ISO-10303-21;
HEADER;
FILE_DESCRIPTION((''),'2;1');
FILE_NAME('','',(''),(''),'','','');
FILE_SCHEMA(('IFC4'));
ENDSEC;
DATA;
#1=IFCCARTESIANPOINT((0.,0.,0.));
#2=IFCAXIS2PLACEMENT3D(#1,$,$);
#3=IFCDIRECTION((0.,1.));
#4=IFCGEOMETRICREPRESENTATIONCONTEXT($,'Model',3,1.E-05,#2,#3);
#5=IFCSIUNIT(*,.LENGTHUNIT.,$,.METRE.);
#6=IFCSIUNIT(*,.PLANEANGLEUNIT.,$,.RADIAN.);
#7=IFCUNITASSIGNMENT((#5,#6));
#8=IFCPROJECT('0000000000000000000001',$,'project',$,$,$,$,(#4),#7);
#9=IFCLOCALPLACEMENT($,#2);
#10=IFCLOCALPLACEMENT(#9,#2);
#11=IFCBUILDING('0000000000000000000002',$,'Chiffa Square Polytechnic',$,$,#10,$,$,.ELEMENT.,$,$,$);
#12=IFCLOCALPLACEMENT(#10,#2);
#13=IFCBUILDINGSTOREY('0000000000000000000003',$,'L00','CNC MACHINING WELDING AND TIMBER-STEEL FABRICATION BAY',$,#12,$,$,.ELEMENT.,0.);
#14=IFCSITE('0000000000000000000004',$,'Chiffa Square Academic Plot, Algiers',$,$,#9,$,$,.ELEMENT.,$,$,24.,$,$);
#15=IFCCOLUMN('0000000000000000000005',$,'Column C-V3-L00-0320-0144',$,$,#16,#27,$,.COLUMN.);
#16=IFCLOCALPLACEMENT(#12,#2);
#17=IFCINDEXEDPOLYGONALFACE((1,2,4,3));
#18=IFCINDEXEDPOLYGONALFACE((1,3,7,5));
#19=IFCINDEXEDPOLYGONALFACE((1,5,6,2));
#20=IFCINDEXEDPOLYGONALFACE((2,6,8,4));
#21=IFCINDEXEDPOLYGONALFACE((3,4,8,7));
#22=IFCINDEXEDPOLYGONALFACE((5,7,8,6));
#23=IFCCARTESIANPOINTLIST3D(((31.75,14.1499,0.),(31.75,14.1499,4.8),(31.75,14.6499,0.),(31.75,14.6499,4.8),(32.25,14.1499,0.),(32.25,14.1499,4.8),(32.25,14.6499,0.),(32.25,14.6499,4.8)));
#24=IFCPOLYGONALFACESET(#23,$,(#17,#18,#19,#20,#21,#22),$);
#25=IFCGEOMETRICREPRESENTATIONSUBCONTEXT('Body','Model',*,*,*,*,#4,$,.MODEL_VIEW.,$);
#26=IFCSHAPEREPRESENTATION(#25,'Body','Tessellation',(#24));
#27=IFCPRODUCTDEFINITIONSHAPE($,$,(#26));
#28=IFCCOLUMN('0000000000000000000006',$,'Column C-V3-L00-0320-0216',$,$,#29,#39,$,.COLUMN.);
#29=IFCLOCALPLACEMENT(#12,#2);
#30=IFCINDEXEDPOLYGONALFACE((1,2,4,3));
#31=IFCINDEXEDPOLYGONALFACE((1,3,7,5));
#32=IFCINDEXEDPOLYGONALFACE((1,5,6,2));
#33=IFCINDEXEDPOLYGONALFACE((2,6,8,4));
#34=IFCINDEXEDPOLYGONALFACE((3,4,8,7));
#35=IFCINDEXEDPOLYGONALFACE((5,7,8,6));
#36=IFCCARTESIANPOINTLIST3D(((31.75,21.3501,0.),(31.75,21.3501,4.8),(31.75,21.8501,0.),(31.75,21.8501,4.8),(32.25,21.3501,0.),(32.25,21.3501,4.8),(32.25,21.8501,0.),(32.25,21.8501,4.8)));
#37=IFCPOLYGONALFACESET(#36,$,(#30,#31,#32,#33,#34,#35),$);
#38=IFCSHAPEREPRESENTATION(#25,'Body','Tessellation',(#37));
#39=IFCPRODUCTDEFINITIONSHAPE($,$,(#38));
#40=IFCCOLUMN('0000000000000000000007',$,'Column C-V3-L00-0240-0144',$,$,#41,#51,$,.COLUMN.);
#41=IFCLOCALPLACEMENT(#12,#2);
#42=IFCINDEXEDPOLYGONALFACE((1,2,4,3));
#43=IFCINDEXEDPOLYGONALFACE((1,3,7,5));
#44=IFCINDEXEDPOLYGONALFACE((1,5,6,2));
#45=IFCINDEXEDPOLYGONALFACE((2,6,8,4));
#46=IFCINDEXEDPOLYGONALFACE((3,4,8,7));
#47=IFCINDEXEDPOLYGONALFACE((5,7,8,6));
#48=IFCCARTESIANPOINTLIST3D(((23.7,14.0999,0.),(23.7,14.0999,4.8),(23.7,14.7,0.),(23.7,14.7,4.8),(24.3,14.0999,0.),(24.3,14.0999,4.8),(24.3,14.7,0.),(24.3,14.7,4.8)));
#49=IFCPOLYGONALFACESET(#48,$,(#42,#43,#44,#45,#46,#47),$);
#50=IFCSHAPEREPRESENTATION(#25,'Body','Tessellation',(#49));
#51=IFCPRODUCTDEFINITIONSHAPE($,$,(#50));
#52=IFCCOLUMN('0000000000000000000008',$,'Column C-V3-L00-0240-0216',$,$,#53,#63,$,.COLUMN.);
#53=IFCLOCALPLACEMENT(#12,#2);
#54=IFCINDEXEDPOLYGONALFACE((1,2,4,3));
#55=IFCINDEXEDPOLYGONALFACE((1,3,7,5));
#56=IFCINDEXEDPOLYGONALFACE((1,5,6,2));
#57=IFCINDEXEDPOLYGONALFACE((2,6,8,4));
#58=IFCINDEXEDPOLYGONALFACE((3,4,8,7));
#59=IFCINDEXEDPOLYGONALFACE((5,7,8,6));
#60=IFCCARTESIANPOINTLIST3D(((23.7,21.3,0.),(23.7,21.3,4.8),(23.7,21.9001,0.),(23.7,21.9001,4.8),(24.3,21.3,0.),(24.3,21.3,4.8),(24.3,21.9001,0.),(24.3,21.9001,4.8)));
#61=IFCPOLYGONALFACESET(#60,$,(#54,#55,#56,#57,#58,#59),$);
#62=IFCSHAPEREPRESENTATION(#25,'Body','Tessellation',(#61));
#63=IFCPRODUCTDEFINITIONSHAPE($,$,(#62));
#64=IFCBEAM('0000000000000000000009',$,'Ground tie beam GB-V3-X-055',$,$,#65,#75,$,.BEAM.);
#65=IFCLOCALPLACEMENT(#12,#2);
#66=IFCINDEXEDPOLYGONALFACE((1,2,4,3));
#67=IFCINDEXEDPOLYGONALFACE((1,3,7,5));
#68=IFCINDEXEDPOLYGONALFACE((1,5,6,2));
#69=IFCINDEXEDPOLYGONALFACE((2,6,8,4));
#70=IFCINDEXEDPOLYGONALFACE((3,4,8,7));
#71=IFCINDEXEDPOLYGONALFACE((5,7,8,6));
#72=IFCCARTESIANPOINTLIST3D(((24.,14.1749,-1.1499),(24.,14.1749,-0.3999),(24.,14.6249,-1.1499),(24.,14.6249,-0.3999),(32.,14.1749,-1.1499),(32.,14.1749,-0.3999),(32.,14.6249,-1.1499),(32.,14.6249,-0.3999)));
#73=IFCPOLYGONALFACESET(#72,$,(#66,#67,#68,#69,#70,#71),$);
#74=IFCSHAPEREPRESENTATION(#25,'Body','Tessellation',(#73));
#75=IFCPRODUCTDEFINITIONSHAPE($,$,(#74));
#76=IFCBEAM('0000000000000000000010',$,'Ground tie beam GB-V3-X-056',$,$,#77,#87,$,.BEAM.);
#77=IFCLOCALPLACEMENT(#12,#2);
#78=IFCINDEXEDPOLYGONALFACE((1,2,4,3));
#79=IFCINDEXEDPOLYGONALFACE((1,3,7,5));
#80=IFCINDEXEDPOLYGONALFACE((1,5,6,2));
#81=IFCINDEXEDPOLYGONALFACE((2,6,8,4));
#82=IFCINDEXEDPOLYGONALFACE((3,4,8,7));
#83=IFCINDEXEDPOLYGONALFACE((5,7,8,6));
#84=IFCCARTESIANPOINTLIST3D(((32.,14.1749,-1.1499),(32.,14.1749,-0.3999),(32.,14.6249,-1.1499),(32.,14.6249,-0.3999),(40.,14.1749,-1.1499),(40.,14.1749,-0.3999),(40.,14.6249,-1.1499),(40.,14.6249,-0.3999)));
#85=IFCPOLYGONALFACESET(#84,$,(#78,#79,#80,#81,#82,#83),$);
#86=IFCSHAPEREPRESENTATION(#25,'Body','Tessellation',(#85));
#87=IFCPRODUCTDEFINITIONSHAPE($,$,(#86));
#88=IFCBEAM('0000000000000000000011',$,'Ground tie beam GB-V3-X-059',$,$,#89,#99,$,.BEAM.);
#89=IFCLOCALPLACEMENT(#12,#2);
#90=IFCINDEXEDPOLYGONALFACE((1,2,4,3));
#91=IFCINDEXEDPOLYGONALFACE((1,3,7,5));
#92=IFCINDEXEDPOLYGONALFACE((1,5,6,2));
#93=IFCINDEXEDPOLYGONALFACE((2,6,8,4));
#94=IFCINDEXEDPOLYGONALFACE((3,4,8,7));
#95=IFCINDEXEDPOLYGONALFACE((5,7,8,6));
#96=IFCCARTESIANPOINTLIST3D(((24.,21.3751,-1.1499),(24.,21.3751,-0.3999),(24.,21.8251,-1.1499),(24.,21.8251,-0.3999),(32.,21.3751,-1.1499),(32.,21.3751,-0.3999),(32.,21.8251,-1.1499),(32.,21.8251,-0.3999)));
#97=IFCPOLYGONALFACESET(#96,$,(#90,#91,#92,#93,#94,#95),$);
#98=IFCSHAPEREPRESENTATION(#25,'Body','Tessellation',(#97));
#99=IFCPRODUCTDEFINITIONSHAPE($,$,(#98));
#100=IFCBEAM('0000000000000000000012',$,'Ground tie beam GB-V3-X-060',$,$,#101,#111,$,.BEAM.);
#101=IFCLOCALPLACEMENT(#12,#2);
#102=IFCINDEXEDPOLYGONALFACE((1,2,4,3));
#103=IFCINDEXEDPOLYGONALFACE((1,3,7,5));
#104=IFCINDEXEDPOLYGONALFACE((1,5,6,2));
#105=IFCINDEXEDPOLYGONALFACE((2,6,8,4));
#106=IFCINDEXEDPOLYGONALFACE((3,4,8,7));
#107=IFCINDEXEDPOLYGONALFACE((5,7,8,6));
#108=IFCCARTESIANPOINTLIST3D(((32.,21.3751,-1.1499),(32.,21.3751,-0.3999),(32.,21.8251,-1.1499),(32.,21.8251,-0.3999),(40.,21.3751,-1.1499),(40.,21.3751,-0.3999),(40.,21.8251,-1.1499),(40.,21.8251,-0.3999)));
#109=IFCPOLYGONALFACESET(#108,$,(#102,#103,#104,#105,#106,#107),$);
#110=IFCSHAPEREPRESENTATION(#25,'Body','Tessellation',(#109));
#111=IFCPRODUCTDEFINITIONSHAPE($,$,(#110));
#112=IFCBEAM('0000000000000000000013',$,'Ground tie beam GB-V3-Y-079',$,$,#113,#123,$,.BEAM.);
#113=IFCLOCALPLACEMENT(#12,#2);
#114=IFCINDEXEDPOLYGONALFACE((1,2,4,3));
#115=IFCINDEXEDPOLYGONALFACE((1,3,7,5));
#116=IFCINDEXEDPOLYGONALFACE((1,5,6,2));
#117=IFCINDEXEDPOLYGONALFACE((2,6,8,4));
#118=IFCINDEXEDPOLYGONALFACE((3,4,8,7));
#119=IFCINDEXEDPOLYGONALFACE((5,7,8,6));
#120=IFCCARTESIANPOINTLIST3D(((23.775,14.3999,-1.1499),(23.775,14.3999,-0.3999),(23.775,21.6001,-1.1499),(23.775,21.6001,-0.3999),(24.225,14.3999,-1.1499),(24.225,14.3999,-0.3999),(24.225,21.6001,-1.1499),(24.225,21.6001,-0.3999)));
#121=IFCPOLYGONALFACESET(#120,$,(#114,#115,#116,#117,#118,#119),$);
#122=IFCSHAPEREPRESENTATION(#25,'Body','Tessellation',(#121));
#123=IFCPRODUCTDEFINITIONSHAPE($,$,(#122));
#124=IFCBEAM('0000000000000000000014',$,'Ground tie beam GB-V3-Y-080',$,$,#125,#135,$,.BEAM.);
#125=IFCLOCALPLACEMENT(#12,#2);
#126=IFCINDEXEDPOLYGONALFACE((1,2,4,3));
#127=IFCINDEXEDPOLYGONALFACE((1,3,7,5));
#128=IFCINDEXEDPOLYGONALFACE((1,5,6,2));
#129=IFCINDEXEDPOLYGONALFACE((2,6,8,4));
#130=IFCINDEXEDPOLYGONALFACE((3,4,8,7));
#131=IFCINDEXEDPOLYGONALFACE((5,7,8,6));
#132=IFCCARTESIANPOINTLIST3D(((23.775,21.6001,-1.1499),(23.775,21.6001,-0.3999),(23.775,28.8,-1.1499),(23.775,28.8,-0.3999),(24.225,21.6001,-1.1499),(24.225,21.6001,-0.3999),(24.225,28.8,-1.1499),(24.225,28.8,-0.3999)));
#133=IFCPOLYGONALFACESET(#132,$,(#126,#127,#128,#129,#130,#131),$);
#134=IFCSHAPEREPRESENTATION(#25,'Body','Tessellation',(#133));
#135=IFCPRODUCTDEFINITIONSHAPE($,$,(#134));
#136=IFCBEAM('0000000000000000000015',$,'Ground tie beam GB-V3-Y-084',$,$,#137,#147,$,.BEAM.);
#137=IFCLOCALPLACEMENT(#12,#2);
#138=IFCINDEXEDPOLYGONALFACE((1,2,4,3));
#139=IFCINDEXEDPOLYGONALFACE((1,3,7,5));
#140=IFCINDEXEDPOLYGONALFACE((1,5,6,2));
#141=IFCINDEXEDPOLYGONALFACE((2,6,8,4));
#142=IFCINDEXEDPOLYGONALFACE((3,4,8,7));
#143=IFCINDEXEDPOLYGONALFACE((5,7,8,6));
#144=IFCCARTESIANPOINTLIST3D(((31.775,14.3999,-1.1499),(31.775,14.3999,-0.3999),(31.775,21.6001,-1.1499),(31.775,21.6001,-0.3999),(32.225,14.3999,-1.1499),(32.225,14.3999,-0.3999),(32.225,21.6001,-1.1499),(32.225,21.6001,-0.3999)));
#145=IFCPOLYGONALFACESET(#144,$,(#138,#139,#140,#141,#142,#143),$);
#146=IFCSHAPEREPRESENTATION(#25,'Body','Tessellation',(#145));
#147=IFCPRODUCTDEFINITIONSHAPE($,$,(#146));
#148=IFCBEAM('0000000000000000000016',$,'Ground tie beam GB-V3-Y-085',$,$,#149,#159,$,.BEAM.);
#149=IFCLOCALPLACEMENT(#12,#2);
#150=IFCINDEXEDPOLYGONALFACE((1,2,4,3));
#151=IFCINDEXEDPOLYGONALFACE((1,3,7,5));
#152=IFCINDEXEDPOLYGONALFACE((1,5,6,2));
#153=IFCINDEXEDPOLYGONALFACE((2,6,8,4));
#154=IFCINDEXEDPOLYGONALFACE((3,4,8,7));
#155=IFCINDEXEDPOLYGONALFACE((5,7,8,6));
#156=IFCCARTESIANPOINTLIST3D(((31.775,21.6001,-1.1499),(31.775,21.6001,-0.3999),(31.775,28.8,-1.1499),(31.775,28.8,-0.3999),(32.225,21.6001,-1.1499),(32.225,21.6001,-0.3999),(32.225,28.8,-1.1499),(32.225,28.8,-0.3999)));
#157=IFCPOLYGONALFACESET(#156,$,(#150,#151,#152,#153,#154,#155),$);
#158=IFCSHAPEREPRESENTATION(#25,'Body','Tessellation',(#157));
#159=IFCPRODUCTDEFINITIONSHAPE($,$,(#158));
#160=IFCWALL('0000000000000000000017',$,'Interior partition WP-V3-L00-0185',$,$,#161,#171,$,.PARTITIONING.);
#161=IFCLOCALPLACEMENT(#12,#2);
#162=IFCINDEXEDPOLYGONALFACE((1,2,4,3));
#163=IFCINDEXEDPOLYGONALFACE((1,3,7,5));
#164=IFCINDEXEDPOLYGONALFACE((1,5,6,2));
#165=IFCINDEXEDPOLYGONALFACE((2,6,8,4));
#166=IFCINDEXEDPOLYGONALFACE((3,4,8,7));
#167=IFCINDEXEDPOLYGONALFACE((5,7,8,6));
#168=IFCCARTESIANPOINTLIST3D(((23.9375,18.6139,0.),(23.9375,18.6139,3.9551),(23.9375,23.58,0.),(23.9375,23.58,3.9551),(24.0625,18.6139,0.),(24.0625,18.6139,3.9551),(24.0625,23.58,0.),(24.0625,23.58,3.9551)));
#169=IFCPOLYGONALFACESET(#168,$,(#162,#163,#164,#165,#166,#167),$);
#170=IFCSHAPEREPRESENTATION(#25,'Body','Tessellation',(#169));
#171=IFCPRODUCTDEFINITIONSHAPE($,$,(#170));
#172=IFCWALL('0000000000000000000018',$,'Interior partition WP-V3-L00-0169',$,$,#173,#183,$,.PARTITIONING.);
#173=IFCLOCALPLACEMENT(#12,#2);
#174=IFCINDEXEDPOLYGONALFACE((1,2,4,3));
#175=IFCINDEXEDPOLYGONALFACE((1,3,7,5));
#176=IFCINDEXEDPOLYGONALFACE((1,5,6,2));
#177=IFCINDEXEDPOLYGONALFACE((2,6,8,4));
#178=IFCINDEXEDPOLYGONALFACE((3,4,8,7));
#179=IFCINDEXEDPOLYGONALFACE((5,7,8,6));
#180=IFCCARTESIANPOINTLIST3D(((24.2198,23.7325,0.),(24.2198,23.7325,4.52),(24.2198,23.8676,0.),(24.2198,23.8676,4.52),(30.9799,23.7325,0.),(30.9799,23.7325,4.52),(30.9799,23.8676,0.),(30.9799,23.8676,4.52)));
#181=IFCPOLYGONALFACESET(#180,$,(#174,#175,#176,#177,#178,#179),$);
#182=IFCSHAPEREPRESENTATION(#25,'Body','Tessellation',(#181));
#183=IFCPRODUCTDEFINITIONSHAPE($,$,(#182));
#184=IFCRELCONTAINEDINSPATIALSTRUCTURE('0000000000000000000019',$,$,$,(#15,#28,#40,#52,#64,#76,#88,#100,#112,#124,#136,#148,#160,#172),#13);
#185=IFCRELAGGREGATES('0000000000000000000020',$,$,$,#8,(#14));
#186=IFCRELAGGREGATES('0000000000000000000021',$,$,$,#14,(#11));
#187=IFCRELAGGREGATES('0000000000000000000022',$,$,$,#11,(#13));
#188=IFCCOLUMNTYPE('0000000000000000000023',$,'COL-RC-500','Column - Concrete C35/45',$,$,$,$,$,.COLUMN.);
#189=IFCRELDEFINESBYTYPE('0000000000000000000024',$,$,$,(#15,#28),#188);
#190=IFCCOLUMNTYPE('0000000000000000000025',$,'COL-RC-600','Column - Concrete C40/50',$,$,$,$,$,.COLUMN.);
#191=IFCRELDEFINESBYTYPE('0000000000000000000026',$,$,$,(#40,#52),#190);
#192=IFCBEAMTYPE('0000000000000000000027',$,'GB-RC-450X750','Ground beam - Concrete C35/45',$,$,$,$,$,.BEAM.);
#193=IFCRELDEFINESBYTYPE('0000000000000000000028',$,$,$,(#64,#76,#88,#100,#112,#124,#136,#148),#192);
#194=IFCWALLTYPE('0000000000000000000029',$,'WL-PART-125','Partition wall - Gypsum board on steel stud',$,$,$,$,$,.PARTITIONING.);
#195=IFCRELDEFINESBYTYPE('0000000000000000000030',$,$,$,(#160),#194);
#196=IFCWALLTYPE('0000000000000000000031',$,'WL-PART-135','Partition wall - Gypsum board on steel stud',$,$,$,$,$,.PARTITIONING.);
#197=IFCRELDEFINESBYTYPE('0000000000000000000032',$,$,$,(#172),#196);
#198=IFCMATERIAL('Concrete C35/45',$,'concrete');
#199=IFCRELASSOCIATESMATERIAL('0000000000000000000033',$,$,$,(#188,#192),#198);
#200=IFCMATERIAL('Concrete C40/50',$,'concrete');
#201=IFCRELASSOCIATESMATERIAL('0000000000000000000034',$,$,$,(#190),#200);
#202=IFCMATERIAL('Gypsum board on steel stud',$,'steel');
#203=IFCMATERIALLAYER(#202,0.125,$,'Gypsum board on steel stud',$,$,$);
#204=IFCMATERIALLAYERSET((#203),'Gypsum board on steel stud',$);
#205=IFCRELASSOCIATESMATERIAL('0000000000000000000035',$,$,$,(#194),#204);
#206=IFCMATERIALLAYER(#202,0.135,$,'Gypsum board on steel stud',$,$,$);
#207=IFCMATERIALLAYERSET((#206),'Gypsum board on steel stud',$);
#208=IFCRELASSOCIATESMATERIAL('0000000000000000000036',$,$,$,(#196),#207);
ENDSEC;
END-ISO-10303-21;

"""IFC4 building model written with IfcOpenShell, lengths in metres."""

from ifc_helpers import new_model, si_unit, direction, frame, frame_2d, origin, origin_2d, place, context, subcontext, project, spatial, rectangle, extrude, material, layer, layer_set, material_profile, profile_set, type_object, element, save


model = new_model("IFC4")

# Units and contexts
model_context = context("Model", 3, precision=1e-05, world=origin(), true_north=direction((0.0, 1.0)))
body_context = subcontext(model_context, "Body", "Model", "MODEL_VIEW")
ifc_project = project(units=[si_unit("LENGTHUNIT", "METRE"), si_unit("PLANEANGLEUNIT", "RADIAN")], contexts=[model_context])

# Site, building, storey
site_placement = place(None, origin())
site = spatial("IfcSite", under=ifc_project, at=site_placement, Name="Chiffa Square Academic Plot, Algiers", CompositionType="ELEMENT", RefElevation=24.0)
building_placement = place(site_placement, origin())
building = spatial("IfcBuilding", under=site, at=building_placement, Name="Chiffa Square Polytechnic", CompositionType="ELEMENT")
storey_placement = place(building_placement, origin())
storey = spatial("IfcBuildingStorey", under=building, at=storey_placement, Name="L00", Description="CNC MACHINING WELDING AND TIMBER-STEEL FABRICATION BAY", CompositionType="ELEMENT", Elevation=0.0)

# Columns
ifc_material_1 = material(Name="Concrete C35/45", Category="concrete")
ifc_material_profile_1 = material_profile(ifc_material_1, rectangle(XDim=0.5, YDim=0.5, at=origin_2d()), Name="RC 500x500")
ifc_profile_set_1 = profile_set([ifc_material_profile_1], Name="Concrete C35/45")
column_type_1 = type_object("IfcColumnType", Name="COL-RC-500", Description="Column - Concrete C35/45", PredefinedType="COLUMN", material=ifc_profile_set_1)
for number, where, z_axis, x_axis, name in (
    (1, (32.0, 14.3999, 0.0), (0.0, 0.0, 1.0), (1.0, 0.0, 0.0), "Column C-V3-L00-0320-0144"),
    (2, (32.0, 21.6001, 0.0), (0.0, 0.0, 1.0), (1.0, 0.0, 0.0), "Column C-V3-L00-0320-0216"),
):
    element("IfcColumn", number, at=place(storey_placement, frame(where, z_axis=z_axis, x_axis=x_axis)), inside=storey, type_object=column_type_1, Name=name, PredefinedType="COLUMN", context=body_context, shape_type="SweptSolid", body=[
        extrude(rectangle(XDim=0.5, YDim=0.5, at=origin_2d()), origin(), (0.0, 0.0, 1.0), 4.8),
    ])
ifc_material_2 = material(Name="Concrete C40/50", Category="concrete")
ifc_material_profile_2 = material_profile(ifc_material_2, rectangle(XDim=0.6001, YDim=0.6001, at=origin_2d()), Name="RC 600x600")
ifc_profile_set_2 = profile_set([ifc_material_profile_2], Name="Concrete C40/50")
column_type_2 = type_object("IfcColumnType", Name="COL-RC-600", Description="Column - Concrete C40/50", PredefinedType="COLUMN", material=ifc_profile_set_2)
for number, where, z_axis, x_axis, name in (
    (3, (24.0, 14.3999, 0.0), (0.0, 0.0, 1.0), (1.0, 0.0, 0.0), "Column C-V3-L00-0240-0144"),
    (4, (24.0, 21.6001, 0.0), (0.0, 0.0, 1.0), (1.0, 0.0, 0.0), "Column C-V3-L00-0240-0216"),
):
    element("IfcColumn", number, at=place(storey_placement, frame(where, z_axis=z_axis, x_axis=x_axis)), inside=storey, type_object=column_type_2, Name=name, PredefinedType="COLUMN", context=body_context, shape_type="SweptSolid", body=[
        extrude(rectangle(XDim=0.6001, YDim=0.6001, at=origin_2d()), origin(), (0.0, 0.0, 1.0), 4.8),
    ])

# Beams
ifc_material_profile_3 = material_profile(ifc_material_1, rectangle(XDim=0.45, YDim=0.75, at=origin_2d()), Name="RC 450x750")
ifc_profile_set_3 = profile_set([ifc_material_profile_3], Name="Concrete C35/45")
beam_type = type_object("IfcBeamType", Name="GB-RC-450X750", Description="Ground beam - Concrete C35/45", PredefinedType="BEAM", material=ifc_profile_set_3)
for number, where, z_axis, x_axis, name in (
    (5, (24.0, 14.3999, -0.7749), (1.0, 0.0, 0.0), (0.0, 1.0, 0.0), "Ground tie beam GB-V3-X-055"),
    (6, (32.0, 14.3999, -0.7749), (1.0, 0.0, 0.0), (0.0, 1.0, 0.0), "Ground tie beam GB-V3-X-056"),
    (7, (24.0, 21.6001, -0.7749), (1.0, 0.0, 0.0), (0.0, 1.0, 0.0), "Ground tie beam GB-V3-X-059"),
    (8, (32.0, 21.6001, -0.7749), (1.0, 0.0, 0.0), (0.0, 1.0, 0.0), "Ground tie beam GB-V3-X-060"),
):
    element("IfcBeam", number, at=place(storey_placement, frame(where, z_axis=z_axis, x_axis=x_axis)), inside=storey, type_object=beam_type, Name=name, PredefinedType="BEAM", context=body_context, shape_type="SweptSolid", body=[
        extrude(rectangle(XDim=0.45, YDim=0.75, at=origin_2d()), origin(), (0.0, 0.0, 1.0), 8.0),
    ])
beam_1_placement = place(storey_placement, frame((24.0, 14.3999, -0.7749), z_axis=(0.0, 1.0, 0.0), x_axis=(-1.0, 0.0, 0.0)))
element("IfcBeam", 9, at=beam_1_placement, inside=storey, type_object=beam_type, Name="Ground tie beam GB-V3-Y-079", PredefinedType="BEAM", context=body_context, shape_type="SweptSolid", body=[
    extrude(rectangle(XDim=0.45, YDim=0.75, at=origin_2d()), origin(), (0.0, 0.0, 1.0), 7.2002),
])
beam_2_placement = place(storey_placement, frame((24.0, 21.6001, -0.7749), z_axis=(0.0, 1.0, 0.0), x_axis=(-1.0, 0.0, 0.0)))
element("IfcBeam", 10, at=beam_2_placement, inside=storey, type_object=beam_type, Name="Ground tie beam GB-V3-Y-080", PredefinedType="BEAM", context=body_context, shape_type="SweptSolid", body=[
    extrude(rectangle(XDim=0.45, YDim=0.75, at=origin_2d()), origin(), (0.0, 0.0, 1.0), 7.2),
])
beam_3_placement = place(storey_placement, frame((32.0, 14.3999, -0.7749), z_axis=(0.0, 1.0, 0.0), x_axis=(-1.0, 0.0, 0.0)))
element("IfcBeam", 11, at=beam_3_placement, inside=storey, type_object=beam_type, Name="Ground tie beam GB-V3-Y-084", PredefinedType="BEAM", context=body_context, shape_type="SweptSolid", body=[
    extrude(rectangle(XDim=0.45, YDim=0.75, at=origin_2d()), origin(), (0.0, 0.0, 1.0), 7.2002),
])
beam_4_placement = place(storey_placement, frame((32.0, 21.6001, -0.7749), z_axis=(0.0, 1.0, 0.0), x_axis=(-1.0, 0.0, 0.0)))
element("IfcBeam", 12, at=beam_4_placement, inside=storey, type_object=beam_type, Name="Ground tie beam GB-V3-Y-085", PredefinedType="BEAM", context=body_context, shape_type="SweptSolid", body=[
    extrude(rectangle(XDim=0.45, YDim=0.75, at=origin_2d()), origin(), (0.0, 0.0, 1.0), 7.2),
])

# Walls
ifc_material_3 = material(Name="Gypsum board on steel stud", Category="steel")
ifc_layer_1 = layer(ifc_material_3, 0.125, Name="Gypsum board on steel stud")
ifc_layer_set_1 = layer_set([ifc_layer_1], Name="Gypsum board on steel stud")
wall_type_1 = type_object("IfcWallType", Name="WL-PART-125", Description="Partition wall - Gypsum board on steel stud", PredefinedType="PARTITIONING", material=ifc_layer_set_1)
wall_1_placement = place(storey_placement, frame((24.0, 18.614, 0.0), z_axis=(0.0, 0.0, 1.0), x_axis=(0.0, 1.0, 0.0)))
element("IfcWall", 13, at=wall_1_placement, inside=storey, type_object=wall_type_1, Name="Interior partition WP-V3-L00-0185", PredefinedType="PARTITIONING", context=body_context, shape_type="SweptSolid", body=[
    extrude(rectangle(XDim=4.9661, YDim=0.125, at=frame_2d((2.4829, 0.0))), origin(), (0.0, 0.0, 1.0), 3.9551),
])
ifc_layer_2 = layer(ifc_material_3, 0.135, Name="Gypsum board on steel stud")
ifc_layer_set_2 = layer_set([ifc_layer_2], Name="Gypsum board on steel stud")
wall_type_2 = type_object("IfcWallType", Name="WL-PART-135", Description="Partition wall - Gypsum board on steel stud", PredefinedType="PARTITIONING", material=ifc_layer_set_2)
wall_2_placement = place(storey_placement, frame((24.22, 23.8, 0.0), z_axis=(0.0, 0.0, 1.0), x_axis=(1.0, 0.0, 0.0)))
element("IfcWall", 14, at=wall_2_placement, inside=storey, type_object=wall_type_2, Name="Interior partition WP-V3-L00-0169", PredefinedType="PARTITIONING", context=body_context, shape_type="SweptSolid", body=[
    extrude(rectangle(XDim=6.76, YDim=0.135, at=frame_2d((3.3799, 0.0))), origin(), (0.0, 0.0, 1.0), 4.52),
])

save(model, "model.ifc")
